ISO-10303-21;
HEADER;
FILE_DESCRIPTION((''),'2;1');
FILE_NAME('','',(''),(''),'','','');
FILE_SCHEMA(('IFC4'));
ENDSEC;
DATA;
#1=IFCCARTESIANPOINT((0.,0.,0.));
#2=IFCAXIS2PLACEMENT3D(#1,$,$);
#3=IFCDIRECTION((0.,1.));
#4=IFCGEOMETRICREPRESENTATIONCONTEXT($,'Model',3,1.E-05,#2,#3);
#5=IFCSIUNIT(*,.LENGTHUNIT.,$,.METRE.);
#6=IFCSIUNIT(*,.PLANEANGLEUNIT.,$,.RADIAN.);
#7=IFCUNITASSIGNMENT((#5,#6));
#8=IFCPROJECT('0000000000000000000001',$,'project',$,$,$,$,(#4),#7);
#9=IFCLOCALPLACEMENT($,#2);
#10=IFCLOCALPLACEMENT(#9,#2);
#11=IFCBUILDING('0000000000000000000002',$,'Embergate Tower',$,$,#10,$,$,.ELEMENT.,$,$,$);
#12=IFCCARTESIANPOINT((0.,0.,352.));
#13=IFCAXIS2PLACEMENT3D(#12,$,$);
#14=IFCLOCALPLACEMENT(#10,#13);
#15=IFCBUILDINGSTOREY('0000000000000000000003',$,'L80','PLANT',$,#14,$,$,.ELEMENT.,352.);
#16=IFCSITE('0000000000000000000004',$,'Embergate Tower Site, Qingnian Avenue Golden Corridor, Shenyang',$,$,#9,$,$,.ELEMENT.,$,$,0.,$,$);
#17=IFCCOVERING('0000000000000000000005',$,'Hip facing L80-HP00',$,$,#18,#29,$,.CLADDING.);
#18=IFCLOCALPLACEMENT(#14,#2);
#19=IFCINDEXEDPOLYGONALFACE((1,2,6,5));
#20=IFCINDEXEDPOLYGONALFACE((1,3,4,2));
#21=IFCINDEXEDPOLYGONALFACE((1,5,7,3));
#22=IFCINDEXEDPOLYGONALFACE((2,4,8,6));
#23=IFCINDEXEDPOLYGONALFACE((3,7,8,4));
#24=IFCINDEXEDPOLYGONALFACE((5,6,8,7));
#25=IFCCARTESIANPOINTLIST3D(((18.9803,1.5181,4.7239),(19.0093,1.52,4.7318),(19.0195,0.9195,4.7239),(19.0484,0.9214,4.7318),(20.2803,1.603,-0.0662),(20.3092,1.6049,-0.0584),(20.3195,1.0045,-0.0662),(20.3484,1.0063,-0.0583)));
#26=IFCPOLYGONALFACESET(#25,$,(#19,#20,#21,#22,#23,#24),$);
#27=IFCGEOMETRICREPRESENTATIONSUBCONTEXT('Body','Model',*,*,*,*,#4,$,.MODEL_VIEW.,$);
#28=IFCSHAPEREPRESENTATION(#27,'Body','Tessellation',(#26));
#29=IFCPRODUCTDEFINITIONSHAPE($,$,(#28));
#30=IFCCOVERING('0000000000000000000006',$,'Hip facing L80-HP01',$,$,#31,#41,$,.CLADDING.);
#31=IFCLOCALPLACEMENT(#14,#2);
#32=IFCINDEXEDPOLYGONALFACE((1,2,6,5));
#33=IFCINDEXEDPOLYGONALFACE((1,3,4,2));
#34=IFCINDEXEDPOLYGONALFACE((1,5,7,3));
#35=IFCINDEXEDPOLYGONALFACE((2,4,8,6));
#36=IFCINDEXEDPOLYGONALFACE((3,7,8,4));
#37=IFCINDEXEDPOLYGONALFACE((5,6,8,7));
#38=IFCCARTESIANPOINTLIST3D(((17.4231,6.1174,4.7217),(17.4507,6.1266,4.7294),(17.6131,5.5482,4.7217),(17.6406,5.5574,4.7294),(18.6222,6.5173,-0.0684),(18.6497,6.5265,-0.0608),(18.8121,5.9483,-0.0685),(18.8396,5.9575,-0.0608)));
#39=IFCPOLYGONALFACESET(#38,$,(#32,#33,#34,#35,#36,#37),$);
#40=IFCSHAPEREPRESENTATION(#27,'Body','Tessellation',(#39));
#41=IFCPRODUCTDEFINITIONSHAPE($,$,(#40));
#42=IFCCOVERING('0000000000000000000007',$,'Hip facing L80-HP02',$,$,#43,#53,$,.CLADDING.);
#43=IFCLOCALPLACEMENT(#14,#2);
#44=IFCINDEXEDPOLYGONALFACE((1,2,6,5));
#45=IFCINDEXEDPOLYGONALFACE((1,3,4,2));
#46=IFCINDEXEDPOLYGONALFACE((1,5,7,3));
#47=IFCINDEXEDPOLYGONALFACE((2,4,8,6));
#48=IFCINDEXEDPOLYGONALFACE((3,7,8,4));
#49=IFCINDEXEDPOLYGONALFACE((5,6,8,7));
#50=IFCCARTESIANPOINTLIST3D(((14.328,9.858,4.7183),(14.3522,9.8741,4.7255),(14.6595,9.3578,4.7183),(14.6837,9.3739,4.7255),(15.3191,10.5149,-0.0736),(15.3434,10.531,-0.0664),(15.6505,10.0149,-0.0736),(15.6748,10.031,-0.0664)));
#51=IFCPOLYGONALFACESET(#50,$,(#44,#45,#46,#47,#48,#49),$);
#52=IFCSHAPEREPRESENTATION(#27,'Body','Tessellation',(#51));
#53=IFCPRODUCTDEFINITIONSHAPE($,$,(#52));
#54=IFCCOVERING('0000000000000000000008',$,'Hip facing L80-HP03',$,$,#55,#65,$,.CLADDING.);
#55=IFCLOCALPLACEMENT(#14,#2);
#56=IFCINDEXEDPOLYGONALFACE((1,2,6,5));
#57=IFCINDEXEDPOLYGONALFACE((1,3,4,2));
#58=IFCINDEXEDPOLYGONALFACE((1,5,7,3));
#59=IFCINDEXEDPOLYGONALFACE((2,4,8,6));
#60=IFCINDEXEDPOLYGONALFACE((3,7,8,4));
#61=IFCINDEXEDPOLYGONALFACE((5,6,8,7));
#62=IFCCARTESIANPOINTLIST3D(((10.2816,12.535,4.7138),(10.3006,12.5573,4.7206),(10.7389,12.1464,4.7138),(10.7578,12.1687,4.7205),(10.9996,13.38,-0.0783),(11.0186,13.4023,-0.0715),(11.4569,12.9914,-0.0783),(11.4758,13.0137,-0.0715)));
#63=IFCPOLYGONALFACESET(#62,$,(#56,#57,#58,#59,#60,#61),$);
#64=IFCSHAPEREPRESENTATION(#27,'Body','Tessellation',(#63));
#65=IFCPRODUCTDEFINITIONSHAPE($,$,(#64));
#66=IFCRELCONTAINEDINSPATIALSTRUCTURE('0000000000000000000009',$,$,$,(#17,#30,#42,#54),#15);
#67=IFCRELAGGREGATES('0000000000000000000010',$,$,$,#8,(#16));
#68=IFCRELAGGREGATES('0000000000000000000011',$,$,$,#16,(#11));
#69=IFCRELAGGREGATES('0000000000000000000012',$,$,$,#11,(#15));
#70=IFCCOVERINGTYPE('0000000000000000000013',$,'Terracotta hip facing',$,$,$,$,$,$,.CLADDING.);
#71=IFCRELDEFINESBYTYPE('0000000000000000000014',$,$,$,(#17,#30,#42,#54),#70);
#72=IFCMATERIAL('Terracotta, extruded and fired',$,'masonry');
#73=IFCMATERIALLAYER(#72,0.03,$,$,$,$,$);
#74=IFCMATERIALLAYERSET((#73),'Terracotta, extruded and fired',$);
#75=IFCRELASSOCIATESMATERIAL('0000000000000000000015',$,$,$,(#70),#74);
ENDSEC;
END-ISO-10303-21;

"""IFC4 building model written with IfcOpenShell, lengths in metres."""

from ifc_helpers import new_model, si_unit, direction, frame, origin, place, context, subcontext, project, spatial, polyline, outline, extrude, source, transform, mapped, material, layer, layer_set, type_object, element, save


model = new_model("IFC4")

# Units and contexts
model_context = context("Model", 3, precision=1e-05, world=origin(), true_north=direction((0.0, 1.0)))
body_context = subcontext(model_context, "Body", "Model", "MODEL_VIEW")
ifc_project = project(units=[si_unit("LENGTHUNIT", "METRE"), si_unit("PLANEANGLEUNIT", "RADIAN")], contexts=[model_context])

# Site, building, storey
site_placement = place(None, origin())
site = spatial("IfcSite", under=ifc_project, at=site_placement, Name="Embergate Tower Site, Qingnian Avenue Golden Corridor, Shenyang", CompositionType="ELEMENT", RefElevation=0.0)
building_placement = place(site_placement, origin())
building = spatial("IfcBuilding", under=site, at=building_placement, Name="Embergate Tower", CompositionType="ELEMENT")
storey_placement = place(building_placement, frame((0.0, 0.0, 352.0)))
storey = spatial("IfcBuildingStorey", under=building, at=storey_placement, Name="L80", Description="PLANT", CompositionType="ELEMENT", Elevation=352.0)

# Coverings
ifc_material_1 = material(Name="Terracotta, extruded and fired", Category="masonry")
ifc_layer_1 = layer(ifc_material_1, 0.03)
ifc_layer_set_1 = layer_set([ifc_layer_1], Name="Terracotta, extruded and fired")
covering_type_1 = type_object("IfcCoveringType", Name="Terracotta hip facing", PredefinedType="CLADDING", material=ifc_layer_set_1)
shared_shape_1 = source(origin(), body_context, "Body", "SweptSolid", [
    extrude(outline(polyline([(0.0, 0.0), (4.9641, 0.0), (4.9641, -0.5999), (0.0, -0.5999), (0.0, 0.0)])), origin(), (0.0, 0.0, -1.0), 0.03),
])
covering_1_placement = place(storey_placement, frame((20.3484, 1.0063, -0.0583), z_axis=(0.962891, 0.063028, 0.262428), x_axis=(-0.26187, -0.017114, 0.964951)))
element("IfcCovering", 1, at=covering_1_placement, inside=storey, type_object=covering_type_1, Name="Hip facing L80-HP00", PredefinedType="CLADDING", context=body_context, shape_type="MappedRepresentation", body=[
    mapped(shared_shape_1, transform((0.0, 0.0, 0.0))),
])
shared_shape_2 = source(origin(), body_context, "Body", "SweptSolid", [
    extrude(outline(polyline([(0.0, 0.0), (4.9541, 0.0), (4.9541, -0.6001), (0.0, -0.5999), (0.0, 0.0)])), origin(), (0.0, 0.0, -1.0), 0.03),
])
covering_2_placement = place(storey_placement, frame((18.8396, 5.9575, -0.0608), z_axis=(0.917188, 0.306057, 0.255137), x_axis=(-0.242015, -0.08077, 0.966905)))
element("IfcCovering", 2, at=covering_2_placement, inside=storey, type_object=covering_type_1, Name="Hip facing L80-HP01", PredefinedType="CLADDING", context=body_context, shape_type="MappedRepresentation", body=[
    mapped(shared_shape_2, transform((0.0, 0.0, 0.0))),
])
shared_shape_3 = source(origin(), body_context, "Body", "SweptSolid", [
    extrude(outline(polyline([(0.0, 0.0), (4.9373, 0.0), (4.9373, -0.6001), (0.0, -0.5999), (0.0, 0.0)])), origin(), (0.0, 0.0, -1.0), 0.03),
])
covering_3_placement = place(storey_placement, frame((15.6748, 10.031, -0.0664), z_axis=(0.809043, 0.536137, 0.240846), x_axis=(-0.20073, -0.133095, 0.970563)))
element("IfcCovering", 3, at=covering_3_placement, inside=storey, type_object=covering_type_1, Name="Hip facing L80-HP02", PredefinedType="CLADDING", context=body_context, shape_type="MappedRepresentation", body=[
    mapped(shared_shape_3, transform((0.0, 0.0, 0.0))),
])
shared_shape_4 = source(origin(), body_context, "Body", "SweptSolid", [
    extrude(outline(polyline([(0.0, 0.0), (4.9187, 0.0), (4.9187, -0.6001), (0.0, -0.6001), (0.0, 0.0)])), origin(), (0.0, 0.0, -1.0), 0.03),
])
covering_4_placement = place(storey_placement, frame((11.4758, 13.0137, -0.0715), z_axis=(0.630965, 0.742335, 0.225438), x_axis=(-0.14598, -0.171791, 0.974258)))
element("IfcCovering", 4, at=covering_4_placement, inside=storey, type_object=covering_type_1, Name="Hip facing L80-HP03", PredefinedType="CLADDING", context=body_context, shape_type="MappedRepresentation", body=[
    mapped(shared_shape_4, transform((0.0, 0.0, 0.0))),
])

save(model, "model.ifc")
